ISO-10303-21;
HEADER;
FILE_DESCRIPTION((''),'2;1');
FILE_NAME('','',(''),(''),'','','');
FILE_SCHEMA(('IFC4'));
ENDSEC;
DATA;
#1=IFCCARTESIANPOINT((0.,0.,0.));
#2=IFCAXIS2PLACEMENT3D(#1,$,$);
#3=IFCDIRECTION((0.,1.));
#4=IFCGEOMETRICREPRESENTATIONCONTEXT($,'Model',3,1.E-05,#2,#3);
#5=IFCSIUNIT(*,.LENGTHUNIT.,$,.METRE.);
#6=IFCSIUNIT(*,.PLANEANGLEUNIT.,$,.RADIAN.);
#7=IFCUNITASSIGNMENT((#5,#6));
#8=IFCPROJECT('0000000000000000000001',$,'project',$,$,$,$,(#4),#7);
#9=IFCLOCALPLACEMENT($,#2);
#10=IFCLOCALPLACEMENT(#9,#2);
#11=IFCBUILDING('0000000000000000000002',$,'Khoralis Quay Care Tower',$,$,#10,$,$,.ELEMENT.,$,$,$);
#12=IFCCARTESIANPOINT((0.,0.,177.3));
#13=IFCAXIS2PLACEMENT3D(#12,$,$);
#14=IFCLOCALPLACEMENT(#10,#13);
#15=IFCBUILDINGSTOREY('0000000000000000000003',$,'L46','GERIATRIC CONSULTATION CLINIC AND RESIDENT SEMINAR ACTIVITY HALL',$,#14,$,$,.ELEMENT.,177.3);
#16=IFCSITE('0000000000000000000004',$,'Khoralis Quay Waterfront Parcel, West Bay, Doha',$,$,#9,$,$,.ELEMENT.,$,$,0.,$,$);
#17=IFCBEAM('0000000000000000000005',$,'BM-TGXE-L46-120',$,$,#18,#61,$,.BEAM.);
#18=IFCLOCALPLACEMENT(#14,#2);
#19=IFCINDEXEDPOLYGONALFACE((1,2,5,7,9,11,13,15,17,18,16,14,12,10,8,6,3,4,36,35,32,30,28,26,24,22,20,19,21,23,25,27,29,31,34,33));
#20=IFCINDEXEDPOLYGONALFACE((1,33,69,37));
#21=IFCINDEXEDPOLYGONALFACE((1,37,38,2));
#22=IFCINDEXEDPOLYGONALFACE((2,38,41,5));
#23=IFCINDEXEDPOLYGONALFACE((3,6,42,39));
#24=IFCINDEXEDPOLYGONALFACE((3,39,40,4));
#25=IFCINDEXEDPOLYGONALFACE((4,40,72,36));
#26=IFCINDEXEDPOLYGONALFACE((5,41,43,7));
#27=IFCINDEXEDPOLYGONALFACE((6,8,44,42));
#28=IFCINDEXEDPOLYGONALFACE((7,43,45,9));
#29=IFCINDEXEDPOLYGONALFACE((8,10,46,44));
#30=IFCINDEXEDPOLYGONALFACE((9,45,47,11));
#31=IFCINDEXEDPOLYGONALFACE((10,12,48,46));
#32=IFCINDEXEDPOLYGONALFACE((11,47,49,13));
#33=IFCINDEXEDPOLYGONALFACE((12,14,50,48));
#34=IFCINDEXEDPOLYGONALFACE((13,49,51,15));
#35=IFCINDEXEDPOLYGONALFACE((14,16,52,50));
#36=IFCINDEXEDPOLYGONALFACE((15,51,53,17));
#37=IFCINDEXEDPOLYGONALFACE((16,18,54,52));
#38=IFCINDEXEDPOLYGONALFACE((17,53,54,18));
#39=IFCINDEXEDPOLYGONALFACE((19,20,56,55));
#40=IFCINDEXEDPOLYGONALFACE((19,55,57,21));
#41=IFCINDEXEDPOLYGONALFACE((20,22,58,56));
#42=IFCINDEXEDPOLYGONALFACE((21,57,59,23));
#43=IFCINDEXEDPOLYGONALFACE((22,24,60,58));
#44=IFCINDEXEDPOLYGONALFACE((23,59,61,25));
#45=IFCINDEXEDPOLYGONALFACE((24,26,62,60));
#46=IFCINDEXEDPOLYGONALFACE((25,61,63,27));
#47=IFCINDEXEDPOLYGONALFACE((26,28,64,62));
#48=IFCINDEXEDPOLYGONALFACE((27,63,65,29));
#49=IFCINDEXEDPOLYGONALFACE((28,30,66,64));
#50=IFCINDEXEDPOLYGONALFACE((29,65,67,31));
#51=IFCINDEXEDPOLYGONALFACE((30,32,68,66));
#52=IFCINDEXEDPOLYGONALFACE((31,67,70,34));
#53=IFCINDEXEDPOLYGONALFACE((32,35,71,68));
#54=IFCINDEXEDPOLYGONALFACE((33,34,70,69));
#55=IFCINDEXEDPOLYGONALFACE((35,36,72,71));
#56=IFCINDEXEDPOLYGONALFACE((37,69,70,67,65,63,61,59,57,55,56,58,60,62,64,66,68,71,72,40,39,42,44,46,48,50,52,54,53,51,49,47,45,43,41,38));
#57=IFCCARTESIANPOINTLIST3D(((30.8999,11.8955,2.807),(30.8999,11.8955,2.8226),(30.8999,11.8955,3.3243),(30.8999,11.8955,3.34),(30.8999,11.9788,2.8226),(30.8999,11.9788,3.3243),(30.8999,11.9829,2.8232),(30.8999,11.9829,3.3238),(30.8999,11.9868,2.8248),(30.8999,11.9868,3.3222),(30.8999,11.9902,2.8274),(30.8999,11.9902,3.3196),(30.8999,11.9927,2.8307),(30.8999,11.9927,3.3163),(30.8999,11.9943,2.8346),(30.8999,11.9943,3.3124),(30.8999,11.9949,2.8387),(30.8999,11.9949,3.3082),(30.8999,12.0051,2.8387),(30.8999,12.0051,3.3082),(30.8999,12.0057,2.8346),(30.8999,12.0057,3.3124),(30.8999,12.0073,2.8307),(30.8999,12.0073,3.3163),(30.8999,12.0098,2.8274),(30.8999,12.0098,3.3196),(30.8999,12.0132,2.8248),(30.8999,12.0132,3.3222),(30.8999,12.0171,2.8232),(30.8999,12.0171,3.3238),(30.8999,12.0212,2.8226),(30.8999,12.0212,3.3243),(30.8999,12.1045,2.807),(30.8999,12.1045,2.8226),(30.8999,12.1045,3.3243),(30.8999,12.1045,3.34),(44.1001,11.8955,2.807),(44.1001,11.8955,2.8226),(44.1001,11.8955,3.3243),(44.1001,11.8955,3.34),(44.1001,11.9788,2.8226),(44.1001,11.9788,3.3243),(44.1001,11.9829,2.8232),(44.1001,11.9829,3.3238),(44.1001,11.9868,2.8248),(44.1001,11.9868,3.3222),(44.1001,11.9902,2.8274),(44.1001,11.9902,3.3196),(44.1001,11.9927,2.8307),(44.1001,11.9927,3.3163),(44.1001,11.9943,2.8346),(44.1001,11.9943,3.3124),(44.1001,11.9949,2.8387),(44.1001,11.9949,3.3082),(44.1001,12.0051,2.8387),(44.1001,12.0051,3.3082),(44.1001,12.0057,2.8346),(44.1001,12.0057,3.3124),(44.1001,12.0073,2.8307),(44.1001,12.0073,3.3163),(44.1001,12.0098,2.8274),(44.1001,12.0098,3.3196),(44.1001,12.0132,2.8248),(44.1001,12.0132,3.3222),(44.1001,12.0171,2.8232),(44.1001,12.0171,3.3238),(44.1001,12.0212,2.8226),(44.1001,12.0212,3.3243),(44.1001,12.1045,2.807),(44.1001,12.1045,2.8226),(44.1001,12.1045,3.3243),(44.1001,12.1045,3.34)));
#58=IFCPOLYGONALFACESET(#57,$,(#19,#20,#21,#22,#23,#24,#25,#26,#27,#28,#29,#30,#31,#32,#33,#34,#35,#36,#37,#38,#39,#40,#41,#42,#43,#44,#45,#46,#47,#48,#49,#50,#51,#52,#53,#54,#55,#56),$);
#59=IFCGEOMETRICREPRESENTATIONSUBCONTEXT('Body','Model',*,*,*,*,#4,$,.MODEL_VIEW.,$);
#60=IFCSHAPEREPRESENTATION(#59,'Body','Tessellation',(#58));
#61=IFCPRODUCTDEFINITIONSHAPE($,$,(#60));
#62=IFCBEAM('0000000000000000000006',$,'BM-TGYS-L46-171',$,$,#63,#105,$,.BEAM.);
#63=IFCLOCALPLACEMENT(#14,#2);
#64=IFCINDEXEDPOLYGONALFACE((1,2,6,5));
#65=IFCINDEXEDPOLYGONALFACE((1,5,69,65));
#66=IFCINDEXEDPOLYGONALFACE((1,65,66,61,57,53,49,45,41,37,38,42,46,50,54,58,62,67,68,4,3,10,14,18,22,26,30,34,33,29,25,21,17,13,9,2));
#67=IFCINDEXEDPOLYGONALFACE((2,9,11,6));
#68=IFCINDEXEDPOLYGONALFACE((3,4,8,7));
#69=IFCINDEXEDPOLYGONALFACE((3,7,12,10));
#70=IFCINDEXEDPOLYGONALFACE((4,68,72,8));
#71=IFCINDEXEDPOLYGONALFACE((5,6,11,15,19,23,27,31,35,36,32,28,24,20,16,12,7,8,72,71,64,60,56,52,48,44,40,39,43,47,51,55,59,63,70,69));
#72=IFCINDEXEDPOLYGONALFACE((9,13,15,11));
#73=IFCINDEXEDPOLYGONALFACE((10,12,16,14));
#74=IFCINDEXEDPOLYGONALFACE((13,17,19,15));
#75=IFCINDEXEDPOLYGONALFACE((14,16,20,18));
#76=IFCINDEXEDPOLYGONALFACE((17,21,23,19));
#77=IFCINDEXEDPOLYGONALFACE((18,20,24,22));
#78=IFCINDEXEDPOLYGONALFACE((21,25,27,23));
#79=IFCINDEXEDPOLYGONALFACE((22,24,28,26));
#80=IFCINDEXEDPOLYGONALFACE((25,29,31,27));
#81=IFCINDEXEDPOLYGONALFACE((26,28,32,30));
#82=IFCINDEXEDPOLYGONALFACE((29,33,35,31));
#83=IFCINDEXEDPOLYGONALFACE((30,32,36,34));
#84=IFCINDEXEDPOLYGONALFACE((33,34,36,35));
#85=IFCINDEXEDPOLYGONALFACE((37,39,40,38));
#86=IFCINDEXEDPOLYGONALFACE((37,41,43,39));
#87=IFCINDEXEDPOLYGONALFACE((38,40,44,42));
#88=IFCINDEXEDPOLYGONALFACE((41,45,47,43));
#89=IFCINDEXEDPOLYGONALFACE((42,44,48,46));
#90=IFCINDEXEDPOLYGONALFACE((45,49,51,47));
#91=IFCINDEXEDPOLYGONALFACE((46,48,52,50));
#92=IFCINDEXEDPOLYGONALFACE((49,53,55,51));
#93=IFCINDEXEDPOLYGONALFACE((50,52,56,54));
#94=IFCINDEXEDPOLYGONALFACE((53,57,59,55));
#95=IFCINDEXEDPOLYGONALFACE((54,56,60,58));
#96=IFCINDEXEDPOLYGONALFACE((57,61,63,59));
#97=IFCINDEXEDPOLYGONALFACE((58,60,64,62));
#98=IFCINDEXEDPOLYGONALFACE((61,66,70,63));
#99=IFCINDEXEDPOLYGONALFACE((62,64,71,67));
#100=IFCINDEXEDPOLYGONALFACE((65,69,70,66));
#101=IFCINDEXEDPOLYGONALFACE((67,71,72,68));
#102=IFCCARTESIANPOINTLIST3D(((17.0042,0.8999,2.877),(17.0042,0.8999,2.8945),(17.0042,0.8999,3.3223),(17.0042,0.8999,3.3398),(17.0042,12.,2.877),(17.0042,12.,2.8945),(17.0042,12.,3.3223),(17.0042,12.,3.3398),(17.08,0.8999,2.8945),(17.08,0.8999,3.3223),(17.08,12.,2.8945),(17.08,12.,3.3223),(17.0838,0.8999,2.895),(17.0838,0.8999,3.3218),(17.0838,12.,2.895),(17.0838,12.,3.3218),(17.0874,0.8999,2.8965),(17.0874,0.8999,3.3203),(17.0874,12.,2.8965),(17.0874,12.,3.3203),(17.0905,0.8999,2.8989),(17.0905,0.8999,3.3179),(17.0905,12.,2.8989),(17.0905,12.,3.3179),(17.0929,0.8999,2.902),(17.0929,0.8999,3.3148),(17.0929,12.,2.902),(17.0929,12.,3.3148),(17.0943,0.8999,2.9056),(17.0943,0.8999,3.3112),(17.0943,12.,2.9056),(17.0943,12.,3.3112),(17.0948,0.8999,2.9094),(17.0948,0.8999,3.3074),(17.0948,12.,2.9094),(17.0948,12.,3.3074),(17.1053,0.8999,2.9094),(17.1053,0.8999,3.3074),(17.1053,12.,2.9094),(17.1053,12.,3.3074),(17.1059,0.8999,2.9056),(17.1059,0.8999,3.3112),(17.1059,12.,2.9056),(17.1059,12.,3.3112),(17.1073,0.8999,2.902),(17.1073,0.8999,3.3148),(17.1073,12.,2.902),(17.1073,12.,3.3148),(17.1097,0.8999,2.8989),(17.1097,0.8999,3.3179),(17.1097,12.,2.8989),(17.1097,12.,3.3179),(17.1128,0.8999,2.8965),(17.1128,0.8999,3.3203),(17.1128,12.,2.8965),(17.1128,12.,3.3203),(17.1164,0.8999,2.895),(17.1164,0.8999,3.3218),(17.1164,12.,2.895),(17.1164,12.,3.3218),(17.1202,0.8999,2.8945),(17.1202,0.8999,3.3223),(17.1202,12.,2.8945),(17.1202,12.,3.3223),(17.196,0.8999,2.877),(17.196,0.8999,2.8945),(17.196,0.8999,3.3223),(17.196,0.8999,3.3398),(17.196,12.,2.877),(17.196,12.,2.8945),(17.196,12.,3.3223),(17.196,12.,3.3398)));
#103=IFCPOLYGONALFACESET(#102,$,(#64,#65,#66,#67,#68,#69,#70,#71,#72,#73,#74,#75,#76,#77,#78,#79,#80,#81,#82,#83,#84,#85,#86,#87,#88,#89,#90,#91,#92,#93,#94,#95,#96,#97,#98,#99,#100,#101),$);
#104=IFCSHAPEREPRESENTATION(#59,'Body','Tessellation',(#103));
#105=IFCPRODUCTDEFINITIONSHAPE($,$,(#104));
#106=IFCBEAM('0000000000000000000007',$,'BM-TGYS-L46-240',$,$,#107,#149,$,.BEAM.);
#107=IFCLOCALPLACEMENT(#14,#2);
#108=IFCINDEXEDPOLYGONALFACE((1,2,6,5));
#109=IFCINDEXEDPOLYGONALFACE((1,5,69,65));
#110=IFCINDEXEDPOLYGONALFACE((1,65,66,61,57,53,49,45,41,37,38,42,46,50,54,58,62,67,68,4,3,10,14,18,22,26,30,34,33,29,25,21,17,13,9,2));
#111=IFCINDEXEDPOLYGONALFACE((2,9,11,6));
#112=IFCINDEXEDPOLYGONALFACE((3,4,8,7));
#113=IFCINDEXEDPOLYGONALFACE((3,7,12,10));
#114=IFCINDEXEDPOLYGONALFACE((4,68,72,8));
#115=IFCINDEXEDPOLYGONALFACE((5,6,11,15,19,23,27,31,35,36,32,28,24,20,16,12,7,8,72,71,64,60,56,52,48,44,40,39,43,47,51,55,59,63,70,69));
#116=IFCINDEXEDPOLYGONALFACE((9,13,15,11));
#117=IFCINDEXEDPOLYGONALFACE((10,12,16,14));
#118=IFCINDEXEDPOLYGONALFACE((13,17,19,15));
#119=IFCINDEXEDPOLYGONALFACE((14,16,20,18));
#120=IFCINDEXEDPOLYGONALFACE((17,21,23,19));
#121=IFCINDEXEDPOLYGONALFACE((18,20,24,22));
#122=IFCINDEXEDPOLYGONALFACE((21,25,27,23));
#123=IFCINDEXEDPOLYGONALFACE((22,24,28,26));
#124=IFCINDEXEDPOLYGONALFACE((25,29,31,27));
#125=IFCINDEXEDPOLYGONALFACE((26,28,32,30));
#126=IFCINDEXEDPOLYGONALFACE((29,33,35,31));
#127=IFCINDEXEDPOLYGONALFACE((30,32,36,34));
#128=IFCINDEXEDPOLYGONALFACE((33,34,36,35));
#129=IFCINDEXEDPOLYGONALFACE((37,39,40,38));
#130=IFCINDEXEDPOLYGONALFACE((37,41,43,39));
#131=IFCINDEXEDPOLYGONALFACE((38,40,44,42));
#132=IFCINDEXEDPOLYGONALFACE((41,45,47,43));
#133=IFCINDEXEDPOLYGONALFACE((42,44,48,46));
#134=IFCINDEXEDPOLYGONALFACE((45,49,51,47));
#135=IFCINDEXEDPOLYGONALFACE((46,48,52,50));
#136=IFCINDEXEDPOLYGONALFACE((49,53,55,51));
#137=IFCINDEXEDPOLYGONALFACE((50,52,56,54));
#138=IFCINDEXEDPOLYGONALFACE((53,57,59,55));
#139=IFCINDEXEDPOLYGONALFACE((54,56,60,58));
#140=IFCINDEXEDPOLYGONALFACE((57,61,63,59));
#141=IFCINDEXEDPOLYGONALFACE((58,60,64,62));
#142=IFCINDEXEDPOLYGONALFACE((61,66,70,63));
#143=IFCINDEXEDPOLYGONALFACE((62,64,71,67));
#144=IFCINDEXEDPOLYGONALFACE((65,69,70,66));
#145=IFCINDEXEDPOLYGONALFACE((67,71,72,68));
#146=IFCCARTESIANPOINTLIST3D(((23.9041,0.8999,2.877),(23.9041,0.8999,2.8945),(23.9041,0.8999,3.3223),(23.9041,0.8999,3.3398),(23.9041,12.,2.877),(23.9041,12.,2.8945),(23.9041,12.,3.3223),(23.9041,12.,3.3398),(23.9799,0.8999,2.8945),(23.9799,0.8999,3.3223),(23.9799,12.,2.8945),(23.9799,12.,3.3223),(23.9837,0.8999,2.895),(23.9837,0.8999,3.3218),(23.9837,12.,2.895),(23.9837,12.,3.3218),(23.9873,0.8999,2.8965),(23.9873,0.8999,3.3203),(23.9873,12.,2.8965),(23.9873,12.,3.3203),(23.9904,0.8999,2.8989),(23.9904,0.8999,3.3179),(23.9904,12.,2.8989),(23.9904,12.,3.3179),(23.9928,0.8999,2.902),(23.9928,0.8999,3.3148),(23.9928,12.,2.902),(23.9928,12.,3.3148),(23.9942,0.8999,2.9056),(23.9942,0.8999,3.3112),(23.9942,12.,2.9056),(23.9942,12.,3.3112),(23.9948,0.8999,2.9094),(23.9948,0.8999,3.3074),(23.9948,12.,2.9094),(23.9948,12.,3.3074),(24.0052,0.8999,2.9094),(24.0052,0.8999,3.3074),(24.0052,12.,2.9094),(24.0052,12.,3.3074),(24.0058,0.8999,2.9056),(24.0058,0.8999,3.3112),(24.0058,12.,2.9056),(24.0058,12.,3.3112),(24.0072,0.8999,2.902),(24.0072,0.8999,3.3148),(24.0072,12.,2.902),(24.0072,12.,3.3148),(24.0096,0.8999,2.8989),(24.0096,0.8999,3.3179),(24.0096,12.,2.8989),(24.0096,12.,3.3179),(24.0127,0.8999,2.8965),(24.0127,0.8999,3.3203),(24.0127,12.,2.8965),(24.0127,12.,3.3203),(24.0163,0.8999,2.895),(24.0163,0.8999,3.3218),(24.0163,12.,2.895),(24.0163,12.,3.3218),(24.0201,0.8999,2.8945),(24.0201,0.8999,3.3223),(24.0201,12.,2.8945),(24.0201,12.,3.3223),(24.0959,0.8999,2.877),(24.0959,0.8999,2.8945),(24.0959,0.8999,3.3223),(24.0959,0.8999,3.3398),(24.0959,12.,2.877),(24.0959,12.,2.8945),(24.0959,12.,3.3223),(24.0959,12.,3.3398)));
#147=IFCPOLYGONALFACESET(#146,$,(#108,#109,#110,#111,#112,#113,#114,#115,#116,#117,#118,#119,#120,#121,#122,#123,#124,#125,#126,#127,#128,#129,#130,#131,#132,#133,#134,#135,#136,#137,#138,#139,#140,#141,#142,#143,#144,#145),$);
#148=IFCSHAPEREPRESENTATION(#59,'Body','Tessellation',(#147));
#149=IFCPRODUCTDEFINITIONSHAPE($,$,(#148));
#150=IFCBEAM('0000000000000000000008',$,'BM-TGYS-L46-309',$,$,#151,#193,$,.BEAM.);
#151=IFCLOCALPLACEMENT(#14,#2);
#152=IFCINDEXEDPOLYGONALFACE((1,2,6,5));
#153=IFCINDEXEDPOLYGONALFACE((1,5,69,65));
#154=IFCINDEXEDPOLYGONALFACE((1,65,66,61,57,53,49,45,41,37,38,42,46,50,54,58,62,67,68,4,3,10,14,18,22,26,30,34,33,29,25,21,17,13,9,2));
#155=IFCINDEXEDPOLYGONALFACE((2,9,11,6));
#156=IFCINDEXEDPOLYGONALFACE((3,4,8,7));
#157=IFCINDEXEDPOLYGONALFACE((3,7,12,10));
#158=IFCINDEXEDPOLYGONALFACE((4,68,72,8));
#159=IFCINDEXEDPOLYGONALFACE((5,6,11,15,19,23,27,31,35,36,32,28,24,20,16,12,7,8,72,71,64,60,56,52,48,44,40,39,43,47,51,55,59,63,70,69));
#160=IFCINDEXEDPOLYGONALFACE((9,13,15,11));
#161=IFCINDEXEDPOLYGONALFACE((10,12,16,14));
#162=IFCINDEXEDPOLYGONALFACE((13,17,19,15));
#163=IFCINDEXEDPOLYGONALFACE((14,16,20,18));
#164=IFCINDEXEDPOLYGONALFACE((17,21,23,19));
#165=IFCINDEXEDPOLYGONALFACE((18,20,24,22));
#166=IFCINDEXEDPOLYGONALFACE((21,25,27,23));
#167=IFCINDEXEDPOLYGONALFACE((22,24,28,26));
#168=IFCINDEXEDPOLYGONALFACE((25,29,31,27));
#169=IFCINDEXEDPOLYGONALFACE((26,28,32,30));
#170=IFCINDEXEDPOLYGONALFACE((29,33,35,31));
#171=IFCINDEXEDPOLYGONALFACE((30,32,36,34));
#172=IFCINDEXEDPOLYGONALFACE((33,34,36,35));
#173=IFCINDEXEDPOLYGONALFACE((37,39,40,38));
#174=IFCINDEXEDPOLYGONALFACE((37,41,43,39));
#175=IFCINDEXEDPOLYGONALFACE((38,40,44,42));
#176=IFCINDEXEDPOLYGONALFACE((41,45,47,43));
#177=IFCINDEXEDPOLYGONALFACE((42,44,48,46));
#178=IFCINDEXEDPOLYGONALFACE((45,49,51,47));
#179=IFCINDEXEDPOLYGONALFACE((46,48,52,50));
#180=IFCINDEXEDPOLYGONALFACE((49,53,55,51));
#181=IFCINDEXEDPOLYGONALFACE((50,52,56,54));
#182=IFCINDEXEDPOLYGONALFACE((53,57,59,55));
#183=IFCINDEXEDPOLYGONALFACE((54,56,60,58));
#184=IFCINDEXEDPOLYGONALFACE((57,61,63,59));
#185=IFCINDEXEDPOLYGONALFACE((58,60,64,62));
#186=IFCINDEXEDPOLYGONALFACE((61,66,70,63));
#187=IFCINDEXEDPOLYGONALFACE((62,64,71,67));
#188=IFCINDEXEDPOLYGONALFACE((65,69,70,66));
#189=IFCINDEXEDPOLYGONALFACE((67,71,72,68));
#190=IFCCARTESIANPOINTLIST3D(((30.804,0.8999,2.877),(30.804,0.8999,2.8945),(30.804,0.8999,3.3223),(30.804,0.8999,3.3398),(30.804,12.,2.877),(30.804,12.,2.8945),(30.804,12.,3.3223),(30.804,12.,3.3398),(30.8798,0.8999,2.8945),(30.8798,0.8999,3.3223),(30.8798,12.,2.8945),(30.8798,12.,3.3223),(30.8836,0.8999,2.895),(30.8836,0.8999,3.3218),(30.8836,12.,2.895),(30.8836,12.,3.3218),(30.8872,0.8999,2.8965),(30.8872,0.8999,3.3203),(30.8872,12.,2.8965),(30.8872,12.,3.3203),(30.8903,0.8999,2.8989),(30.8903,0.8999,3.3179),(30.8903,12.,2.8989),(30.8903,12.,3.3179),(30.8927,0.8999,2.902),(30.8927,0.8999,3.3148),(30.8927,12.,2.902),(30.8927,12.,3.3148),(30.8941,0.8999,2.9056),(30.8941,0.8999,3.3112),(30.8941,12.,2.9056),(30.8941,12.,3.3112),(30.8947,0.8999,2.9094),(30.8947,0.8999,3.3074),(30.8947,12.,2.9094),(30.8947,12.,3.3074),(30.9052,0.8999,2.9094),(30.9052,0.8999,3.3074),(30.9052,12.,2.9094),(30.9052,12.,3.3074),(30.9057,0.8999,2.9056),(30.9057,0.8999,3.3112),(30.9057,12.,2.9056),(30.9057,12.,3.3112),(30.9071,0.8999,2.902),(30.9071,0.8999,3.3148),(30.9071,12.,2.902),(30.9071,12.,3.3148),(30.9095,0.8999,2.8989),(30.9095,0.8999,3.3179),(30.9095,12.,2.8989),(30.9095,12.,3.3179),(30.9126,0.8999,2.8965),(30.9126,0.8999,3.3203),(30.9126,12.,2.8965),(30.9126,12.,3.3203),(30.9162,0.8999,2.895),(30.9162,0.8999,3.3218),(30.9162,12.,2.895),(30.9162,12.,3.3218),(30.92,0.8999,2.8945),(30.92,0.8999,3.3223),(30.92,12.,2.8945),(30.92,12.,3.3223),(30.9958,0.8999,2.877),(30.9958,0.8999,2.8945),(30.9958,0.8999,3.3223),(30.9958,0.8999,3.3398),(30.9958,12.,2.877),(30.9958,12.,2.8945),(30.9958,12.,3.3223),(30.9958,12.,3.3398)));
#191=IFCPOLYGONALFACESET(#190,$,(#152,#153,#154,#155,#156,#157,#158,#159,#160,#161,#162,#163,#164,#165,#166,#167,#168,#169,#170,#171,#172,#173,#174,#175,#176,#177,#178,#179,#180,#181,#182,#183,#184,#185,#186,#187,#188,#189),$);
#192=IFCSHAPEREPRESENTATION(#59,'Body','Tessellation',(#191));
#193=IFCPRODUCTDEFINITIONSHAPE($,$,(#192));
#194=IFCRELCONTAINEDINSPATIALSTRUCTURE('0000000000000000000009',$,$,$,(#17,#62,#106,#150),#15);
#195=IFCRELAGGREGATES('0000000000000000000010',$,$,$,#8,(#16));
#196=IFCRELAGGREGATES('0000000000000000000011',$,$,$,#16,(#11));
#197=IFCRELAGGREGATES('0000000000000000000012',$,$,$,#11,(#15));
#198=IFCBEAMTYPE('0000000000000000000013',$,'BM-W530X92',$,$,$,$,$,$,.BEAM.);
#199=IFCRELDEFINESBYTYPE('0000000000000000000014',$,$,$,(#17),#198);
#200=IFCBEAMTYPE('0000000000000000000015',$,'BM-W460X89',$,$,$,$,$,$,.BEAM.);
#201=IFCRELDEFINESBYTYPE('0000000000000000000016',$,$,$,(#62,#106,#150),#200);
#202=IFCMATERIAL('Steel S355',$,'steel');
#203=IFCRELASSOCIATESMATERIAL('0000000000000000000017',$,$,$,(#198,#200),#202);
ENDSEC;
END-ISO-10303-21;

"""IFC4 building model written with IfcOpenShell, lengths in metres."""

from ifc_helpers import new_model, si_unit, direction, frame, origin, origin_2d, place, context, subcontext, project, spatial, i_section, extrude, source, transform, mapped, material, material_profile, profile_set, type_object, element, save


model = new_model("IFC4")

# Units and contexts
model_context = context("Model", 3, precision=1e-05, world=origin(), true_north=direction((0.0, 1.0)))
body_context = subcontext(model_context, "Body", "Model", "MODEL_VIEW")
ifc_project = project(units=[si_unit("LENGTHUNIT", "METRE"), si_unit("PLANEANGLEUNIT", "RADIAN")], contexts=[model_context])

# Site, building, storey
site_placement = place(None, origin())
site = spatial("IfcSite", under=ifc_project, at=site_placement, Name="Khoralis Quay Waterfront Parcel, West Bay, Doha", CompositionType="ELEMENT", RefElevation=0.0)
building_placement = place(site_placement, origin())
building = spatial("IfcBuilding", under=site, at=building_placement, Name="Khoralis Quay Care Tower", CompositionType="ELEMENT")
storey_placement = place(building_placement, frame((0.0, 0.0, 177.3)))
storey = spatial("IfcBuildingStorey", under=building, at=storey_placement, Name="L46", Description="GERIATRIC CONSULTATION CLINIC AND RESIDENT SEMINAR ACTIVITY HALL", CompositionType="ELEMENT", Elevation=177.3)

# Beams
ifc_material_1 = material(Name="Steel S355", Category="steel")
ifc_material_profile_1 = material_profile(ifc_material_1, i_section(OverallWidth=0.209, OverallDepth=0.533, WebThickness=0.0103, FlangeThickness=0.0156, FilletRadius=0.0161, at=origin_2d()), Name="Steel S355")
ifc_profile_set_1 = profile_set([ifc_material_profile_1], Name="Steel S355")
beam_type_1 = type_object("IfcBeamType", Name="BM-W530X92", PredefinedType="BEAM", material=ifc_profile_set_1)
shared_shape_1 = source(origin(), body_context, "Body", "SweptSolid", [
    extrude(i_section(OverallWidth=0.209, OverallDepth=0.533, WebThickness=0.0103, FlangeThickness=0.0156, FilletRadius=0.0161, at=origin_2d()), origin(), (0.0, 0.0, 1.0), 13.2002),
])
beam_1_placement = place(storey_placement, frame((30.8999, 12.0, 3.0735), z_axis=(1.0, 0.0, 0.0), x_axis=(0.0, 1.0, 0.0)))
element("IfcBeam", 1, at=beam_1_placement, inside=storey, type_object=beam_type_1, Name="BM-TGXE-L46-120", PredefinedType="BEAM", context=body_context, shape_type="MappedRepresentation", body=[
    mapped(shared_shape_1, transform((0.0, 0.0, 0.0), scale=1.0)),
])
ifc_material_profile_2 = material_profile(ifc_material_1, i_section(OverallWidth=0.1919, OverallDepth=0.4629, WebThickness=0.0105, FlangeThickness=0.0176, FilletRadius=0.0149, at=origin_2d()), Name="Steel S355")
ifc_profile_set_2 = profile_set([ifc_material_profile_2], Name="Steel S355")
beam_type_2 = type_object("IfcBeamType", Name="BM-W460X89", PredefinedType="BEAM", material=ifc_profile_set_2)
shared_shape_2 = source(origin(), body_context, "Body", "SweptSolid", [
    extrude(i_section(OverallWidth=0.1919, OverallDepth=0.4629, WebThickness=0.0105, FlangeThickness=0.0176, FilletRadius=0.0149, at=origin_2d()), origin(), (0.0, 0.0, 1.0), 11.1001),
])
for number, where, z_axis, x_axis, name in (
    (2, (17.1001, 0.8999, 3.1084), (0.0, 1.0, 0.0), (-1.0, 0.0, 0.0), "BM-TGYS-L46-171"),
    (3, (24.0, 0.8999, 3.1084), (0.0, 1.0, 0.0), (-1.0, 0.0, 0.0), "BM-TGYS-L46-240"),
    (4, (30.8999, 0.8999, 3.1084), (0.0, 1.0, 0.0), (-1.0, 0.0, 0.0), "BM-TGYS-L46-309"),
):
    element("IfcBeam", number, at=place(storey_placement, frame(where, z_axis=z_axis, x_axis=x_axis)), inside=storey, type_object=beam_type_2, Name=name, PredefinedType="BEAM", context=body_context, shape_type="MappedRepresentation", body=[
        mapped(shared_shape_2, transform((0.0, 0.0, 0.0), scale=1.0)),
    ])

save(model, "model.ifc")
